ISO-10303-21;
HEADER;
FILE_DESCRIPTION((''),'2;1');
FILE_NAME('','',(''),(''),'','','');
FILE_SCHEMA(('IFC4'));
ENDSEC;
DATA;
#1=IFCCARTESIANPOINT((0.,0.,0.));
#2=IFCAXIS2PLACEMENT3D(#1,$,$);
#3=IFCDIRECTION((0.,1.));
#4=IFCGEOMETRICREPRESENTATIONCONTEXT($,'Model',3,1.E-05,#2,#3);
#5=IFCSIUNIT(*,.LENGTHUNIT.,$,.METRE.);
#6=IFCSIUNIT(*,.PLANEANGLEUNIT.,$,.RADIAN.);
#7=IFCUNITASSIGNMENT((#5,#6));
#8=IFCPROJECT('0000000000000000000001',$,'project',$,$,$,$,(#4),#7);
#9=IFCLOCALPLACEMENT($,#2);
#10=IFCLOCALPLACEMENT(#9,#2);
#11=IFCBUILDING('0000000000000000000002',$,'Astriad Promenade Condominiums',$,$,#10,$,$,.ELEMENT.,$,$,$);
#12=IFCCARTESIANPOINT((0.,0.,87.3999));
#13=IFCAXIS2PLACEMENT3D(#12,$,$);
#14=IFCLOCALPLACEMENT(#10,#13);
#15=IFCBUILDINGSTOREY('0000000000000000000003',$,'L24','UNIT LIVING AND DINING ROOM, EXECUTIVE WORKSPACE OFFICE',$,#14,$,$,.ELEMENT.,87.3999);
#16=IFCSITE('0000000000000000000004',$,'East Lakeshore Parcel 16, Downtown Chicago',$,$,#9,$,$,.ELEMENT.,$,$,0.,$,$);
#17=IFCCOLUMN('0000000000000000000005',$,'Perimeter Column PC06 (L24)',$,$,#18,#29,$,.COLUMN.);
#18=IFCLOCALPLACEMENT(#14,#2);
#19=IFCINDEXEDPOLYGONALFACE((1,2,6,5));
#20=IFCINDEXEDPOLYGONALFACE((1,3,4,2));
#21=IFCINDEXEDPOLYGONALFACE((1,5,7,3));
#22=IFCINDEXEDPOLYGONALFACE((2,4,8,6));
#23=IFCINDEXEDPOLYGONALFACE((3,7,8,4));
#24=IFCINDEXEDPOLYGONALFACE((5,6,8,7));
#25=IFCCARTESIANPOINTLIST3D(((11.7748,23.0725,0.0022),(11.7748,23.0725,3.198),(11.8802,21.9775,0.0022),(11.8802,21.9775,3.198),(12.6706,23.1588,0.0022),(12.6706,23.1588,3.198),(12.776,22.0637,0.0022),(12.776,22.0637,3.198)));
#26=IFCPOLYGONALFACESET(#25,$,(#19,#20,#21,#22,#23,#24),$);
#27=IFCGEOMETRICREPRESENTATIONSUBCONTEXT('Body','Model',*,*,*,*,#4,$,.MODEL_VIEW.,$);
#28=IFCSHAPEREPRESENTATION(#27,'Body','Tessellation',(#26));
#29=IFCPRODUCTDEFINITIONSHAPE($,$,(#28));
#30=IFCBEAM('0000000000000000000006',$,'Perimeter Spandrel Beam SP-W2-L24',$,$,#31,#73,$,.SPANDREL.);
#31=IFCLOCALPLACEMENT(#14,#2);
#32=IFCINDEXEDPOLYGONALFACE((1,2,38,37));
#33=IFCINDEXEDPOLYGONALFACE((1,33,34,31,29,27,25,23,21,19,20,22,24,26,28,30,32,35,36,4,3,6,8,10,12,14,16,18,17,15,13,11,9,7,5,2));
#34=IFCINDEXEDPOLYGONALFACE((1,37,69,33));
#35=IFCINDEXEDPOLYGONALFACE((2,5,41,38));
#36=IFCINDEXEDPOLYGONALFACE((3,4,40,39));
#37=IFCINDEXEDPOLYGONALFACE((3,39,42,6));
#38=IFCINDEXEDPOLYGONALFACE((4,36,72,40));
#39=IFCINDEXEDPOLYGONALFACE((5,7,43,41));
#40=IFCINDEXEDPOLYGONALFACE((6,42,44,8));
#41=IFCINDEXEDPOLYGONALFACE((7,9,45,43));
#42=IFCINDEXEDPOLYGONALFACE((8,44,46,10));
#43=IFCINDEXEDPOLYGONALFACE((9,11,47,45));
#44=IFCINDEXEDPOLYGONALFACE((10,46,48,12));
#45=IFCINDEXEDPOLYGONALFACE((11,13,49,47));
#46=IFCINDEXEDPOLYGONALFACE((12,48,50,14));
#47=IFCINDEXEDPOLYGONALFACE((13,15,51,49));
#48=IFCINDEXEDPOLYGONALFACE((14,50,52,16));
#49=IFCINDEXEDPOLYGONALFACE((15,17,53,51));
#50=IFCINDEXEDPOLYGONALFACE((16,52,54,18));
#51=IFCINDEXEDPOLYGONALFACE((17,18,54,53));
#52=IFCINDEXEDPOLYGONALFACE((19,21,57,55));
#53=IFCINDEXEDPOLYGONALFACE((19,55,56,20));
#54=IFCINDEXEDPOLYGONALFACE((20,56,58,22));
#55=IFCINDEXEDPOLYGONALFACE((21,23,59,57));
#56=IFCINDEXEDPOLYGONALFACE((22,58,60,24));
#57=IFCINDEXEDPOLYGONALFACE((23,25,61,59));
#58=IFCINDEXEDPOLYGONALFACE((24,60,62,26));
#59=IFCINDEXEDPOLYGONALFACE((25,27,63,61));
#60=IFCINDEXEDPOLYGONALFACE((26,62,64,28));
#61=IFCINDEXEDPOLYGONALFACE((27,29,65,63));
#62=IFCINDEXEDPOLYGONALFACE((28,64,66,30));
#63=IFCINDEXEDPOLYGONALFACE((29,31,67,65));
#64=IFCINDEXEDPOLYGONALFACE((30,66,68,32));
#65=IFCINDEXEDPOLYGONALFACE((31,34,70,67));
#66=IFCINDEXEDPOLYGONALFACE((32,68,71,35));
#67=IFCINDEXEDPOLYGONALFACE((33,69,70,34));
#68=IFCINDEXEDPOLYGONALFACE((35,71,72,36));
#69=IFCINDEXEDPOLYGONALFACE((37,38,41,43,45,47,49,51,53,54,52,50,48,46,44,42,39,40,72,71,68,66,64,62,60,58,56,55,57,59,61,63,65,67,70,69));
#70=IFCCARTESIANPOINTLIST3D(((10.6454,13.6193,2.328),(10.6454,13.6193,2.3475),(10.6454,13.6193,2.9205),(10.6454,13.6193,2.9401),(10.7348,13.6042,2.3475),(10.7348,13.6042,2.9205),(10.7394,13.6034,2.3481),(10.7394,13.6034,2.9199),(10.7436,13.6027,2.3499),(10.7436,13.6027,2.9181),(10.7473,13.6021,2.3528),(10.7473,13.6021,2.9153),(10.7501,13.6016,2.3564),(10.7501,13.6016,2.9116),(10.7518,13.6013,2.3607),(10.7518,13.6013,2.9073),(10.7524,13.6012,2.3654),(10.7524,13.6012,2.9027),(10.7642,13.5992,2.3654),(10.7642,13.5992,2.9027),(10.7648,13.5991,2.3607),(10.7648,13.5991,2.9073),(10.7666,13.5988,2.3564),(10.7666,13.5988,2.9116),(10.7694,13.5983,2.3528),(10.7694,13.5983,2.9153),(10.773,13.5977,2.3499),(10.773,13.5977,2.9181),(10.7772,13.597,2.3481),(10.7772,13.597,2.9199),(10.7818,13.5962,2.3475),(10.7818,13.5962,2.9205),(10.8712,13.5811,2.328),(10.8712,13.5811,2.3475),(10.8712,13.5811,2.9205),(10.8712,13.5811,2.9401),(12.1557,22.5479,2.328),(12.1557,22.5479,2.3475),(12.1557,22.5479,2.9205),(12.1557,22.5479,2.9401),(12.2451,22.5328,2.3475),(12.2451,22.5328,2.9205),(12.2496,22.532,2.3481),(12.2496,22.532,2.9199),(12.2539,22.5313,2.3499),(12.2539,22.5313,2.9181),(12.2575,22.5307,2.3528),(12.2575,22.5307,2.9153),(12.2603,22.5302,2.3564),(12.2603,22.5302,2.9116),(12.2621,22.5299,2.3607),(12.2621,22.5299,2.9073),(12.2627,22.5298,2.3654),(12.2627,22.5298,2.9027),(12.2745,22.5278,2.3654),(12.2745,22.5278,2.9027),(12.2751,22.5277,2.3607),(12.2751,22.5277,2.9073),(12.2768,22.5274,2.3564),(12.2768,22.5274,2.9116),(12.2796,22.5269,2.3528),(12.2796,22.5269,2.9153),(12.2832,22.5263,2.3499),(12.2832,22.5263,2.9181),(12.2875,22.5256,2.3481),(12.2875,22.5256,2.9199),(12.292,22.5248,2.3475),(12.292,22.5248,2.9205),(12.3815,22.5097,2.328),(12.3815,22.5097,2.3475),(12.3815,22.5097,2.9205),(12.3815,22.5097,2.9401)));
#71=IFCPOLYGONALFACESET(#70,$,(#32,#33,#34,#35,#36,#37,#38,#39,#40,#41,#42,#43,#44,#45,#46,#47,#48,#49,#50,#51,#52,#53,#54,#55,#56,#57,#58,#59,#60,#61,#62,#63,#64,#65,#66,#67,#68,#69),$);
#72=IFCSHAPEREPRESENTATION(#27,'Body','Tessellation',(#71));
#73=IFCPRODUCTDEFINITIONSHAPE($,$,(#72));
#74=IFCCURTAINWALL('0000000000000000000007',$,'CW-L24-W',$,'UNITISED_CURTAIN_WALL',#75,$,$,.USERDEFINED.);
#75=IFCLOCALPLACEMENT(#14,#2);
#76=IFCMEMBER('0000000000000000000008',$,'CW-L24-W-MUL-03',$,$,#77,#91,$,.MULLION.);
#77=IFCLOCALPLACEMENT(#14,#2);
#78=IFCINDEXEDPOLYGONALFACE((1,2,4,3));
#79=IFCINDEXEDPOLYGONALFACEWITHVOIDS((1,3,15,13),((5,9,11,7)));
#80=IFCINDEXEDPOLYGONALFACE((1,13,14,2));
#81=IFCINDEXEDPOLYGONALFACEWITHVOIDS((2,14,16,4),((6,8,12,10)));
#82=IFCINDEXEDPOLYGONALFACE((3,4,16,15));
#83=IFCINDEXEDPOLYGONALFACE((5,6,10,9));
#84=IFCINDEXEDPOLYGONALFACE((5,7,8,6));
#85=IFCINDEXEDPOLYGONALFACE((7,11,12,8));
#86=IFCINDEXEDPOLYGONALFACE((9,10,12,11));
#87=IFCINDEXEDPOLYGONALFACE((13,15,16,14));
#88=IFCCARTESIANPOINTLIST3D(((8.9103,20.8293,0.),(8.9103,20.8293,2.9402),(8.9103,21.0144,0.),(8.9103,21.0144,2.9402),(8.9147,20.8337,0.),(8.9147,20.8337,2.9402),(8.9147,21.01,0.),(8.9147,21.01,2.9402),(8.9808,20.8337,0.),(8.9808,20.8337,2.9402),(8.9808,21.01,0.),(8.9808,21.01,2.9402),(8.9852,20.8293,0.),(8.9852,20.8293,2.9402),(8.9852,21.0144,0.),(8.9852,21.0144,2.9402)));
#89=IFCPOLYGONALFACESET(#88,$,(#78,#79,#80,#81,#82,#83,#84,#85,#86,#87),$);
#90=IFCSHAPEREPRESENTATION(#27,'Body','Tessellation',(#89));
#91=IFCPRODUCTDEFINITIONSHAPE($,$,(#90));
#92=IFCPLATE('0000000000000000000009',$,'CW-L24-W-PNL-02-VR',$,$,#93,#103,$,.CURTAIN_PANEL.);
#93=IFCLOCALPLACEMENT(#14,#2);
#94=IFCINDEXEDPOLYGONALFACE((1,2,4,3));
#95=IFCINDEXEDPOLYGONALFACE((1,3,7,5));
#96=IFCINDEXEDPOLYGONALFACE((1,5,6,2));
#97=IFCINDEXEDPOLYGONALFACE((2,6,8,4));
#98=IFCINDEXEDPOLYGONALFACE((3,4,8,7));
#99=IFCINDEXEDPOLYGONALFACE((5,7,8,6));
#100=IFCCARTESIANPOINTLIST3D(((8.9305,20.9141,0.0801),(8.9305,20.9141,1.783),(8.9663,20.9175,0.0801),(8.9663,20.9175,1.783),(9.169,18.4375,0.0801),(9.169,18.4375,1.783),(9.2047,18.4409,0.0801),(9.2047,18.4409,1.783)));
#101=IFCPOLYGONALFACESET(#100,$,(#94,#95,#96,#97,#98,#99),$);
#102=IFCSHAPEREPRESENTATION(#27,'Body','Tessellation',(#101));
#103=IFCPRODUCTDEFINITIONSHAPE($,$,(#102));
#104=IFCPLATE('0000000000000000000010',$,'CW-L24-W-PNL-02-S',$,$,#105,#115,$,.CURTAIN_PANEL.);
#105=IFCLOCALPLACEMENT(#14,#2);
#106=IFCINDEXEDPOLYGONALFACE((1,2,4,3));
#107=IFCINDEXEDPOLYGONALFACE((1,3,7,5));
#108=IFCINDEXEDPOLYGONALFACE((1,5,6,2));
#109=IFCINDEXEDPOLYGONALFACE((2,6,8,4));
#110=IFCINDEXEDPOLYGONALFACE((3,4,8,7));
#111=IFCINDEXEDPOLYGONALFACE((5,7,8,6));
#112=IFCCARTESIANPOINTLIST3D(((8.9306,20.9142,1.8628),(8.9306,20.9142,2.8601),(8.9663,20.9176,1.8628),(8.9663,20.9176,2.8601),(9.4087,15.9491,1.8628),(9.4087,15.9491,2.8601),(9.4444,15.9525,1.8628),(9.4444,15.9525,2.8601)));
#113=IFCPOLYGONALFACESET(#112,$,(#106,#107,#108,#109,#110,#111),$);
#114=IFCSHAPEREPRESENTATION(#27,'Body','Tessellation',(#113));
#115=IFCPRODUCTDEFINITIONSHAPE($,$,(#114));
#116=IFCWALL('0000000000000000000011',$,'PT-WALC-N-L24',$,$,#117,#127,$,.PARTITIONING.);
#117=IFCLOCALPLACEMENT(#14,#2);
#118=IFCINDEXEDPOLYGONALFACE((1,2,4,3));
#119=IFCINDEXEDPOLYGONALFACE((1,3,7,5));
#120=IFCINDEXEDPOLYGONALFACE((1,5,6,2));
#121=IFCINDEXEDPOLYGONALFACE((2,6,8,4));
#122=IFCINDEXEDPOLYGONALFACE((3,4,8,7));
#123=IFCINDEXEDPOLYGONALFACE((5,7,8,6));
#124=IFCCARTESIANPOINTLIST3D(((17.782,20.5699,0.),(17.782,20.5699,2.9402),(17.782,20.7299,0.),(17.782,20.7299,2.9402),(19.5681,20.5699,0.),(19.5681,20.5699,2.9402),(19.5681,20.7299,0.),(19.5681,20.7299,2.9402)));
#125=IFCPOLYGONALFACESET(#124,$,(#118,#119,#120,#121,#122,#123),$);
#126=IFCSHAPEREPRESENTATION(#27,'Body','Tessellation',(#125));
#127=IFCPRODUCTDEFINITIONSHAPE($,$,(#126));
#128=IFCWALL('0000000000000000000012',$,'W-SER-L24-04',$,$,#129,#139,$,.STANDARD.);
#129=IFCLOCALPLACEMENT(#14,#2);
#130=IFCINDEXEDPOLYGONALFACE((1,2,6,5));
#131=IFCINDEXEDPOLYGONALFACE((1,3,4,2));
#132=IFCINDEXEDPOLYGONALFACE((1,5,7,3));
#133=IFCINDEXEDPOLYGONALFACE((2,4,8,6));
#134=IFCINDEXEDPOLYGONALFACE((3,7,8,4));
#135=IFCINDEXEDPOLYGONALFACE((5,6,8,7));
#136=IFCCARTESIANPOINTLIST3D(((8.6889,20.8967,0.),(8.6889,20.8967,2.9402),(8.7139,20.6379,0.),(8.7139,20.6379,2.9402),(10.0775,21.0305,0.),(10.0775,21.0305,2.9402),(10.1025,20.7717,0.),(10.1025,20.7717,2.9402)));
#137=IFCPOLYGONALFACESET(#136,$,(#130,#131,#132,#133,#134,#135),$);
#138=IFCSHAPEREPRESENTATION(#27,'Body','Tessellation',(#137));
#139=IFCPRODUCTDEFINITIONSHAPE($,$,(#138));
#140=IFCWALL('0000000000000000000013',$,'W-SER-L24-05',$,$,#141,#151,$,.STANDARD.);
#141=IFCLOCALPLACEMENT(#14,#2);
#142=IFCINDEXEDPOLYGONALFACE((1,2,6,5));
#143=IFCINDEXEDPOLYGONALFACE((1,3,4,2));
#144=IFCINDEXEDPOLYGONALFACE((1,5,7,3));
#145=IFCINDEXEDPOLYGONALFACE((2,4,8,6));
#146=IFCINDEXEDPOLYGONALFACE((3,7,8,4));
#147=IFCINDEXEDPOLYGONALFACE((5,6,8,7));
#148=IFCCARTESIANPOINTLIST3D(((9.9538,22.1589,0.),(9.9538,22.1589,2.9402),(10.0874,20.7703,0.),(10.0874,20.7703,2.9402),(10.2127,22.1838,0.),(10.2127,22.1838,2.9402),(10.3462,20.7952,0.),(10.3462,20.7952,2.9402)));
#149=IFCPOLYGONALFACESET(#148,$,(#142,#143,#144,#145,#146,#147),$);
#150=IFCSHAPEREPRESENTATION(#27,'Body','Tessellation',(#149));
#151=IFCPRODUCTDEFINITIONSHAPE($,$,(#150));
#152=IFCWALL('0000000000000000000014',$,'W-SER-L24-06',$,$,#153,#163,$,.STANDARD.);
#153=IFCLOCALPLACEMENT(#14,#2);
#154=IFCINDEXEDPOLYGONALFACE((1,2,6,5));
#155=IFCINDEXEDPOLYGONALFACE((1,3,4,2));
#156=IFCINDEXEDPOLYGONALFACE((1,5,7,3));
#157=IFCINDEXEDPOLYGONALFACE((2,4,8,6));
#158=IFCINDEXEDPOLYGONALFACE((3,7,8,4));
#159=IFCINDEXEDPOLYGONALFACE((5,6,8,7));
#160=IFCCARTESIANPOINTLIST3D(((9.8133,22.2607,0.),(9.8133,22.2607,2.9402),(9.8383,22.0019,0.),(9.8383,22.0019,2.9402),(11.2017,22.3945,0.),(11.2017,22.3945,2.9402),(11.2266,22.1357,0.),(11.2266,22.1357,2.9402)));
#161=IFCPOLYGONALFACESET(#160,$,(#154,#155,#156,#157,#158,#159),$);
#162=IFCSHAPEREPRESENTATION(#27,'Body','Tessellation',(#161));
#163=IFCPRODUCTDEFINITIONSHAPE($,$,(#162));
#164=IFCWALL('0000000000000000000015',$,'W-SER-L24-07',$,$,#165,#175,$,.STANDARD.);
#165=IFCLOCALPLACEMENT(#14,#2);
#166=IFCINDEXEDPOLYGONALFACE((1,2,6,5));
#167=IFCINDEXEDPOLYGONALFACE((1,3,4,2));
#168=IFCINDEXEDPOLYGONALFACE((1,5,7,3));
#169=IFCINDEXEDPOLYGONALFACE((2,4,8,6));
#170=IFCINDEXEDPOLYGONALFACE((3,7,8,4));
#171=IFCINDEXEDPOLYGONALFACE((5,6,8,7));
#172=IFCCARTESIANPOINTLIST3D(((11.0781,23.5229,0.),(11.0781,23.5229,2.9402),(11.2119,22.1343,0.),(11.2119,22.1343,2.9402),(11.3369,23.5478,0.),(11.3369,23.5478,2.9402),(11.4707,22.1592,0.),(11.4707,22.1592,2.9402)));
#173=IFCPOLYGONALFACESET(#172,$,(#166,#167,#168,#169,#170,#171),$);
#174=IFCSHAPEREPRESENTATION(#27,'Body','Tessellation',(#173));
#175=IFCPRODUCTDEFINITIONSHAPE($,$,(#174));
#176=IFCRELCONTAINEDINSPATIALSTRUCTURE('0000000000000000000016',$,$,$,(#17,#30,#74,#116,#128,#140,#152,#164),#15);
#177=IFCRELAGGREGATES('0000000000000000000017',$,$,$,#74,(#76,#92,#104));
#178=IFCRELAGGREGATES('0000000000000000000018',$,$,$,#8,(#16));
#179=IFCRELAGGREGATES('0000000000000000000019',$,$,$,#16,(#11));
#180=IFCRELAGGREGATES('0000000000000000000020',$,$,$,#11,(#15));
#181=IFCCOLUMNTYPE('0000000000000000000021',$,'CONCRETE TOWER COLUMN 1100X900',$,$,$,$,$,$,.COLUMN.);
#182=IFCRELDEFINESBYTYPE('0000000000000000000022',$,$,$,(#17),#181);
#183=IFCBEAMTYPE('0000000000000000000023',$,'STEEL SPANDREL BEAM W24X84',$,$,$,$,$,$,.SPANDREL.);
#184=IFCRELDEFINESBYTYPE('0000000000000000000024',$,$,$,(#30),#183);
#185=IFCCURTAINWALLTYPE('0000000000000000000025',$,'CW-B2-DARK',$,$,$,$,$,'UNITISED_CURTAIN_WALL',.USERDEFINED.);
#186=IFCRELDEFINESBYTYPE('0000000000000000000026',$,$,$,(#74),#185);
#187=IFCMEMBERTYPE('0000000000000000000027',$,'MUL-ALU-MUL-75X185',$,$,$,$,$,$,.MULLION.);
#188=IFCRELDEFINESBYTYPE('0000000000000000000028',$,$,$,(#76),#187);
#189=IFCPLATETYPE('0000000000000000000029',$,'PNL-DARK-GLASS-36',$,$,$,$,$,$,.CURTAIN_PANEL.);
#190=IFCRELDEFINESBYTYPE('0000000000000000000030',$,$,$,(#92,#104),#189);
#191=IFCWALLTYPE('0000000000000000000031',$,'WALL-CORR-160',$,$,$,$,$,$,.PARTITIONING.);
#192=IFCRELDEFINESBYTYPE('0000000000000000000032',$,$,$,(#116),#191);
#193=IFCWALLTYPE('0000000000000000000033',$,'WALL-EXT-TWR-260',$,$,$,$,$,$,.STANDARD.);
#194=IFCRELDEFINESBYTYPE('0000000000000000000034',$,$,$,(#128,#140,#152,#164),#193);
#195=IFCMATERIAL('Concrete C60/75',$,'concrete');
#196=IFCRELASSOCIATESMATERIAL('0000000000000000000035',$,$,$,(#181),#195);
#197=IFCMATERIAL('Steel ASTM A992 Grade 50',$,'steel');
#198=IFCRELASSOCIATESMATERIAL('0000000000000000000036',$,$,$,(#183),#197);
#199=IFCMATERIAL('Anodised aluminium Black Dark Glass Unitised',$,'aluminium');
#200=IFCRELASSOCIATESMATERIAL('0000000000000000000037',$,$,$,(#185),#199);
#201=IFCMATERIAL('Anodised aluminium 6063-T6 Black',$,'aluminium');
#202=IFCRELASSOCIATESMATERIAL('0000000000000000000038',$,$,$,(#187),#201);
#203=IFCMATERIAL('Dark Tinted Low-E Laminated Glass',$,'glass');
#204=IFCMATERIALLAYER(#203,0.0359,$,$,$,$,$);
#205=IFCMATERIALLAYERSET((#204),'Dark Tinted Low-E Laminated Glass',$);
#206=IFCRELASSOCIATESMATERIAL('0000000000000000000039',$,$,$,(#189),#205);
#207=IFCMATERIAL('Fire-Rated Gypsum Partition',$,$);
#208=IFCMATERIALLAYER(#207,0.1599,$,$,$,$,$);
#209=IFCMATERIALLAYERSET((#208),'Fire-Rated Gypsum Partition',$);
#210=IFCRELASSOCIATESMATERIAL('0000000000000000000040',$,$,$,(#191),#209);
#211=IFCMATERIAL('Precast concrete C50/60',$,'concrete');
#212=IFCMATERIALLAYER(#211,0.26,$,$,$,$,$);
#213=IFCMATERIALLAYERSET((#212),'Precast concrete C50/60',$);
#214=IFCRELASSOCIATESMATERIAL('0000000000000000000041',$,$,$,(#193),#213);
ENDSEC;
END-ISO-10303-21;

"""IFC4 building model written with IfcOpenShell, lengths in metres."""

from ifc_helpers import new_model, si_unit, direction, frame, frame_2d, origin, origin_2d, place, context, subcontext, project, spatial, rectangle, hollow_rectangle, i_section, extrude, source, transform, mapped, material, layer, layer_set, material_profile, profile_set, type_object, type_shapes, element, aggregate, save


model = new_model("IFC4")

# Units and contexts
model_context = context("Model", 3, precision=1e-05, world=origin(), true_north=direction((0.0, 1.0)))
body_context = subcontext(model_context, "Body", "Model", "MODEL_VIEW")
ifc_project = project(units=[si_unit("LENGTHUNIT", "METRE"), si_unit("PLANEANGLEUNIT", "RADIAN")], contexts=[model_context])

# Site, building, storey
site_placement = place(None, origin())
site = spatial("IfcSite", under=ifc_project, at=site_placement, Name="East Lakeshore Parcel 16, Downtown Chicago", CompositionType="ELEMENT", RefElevation=0.0)
building_placement = place(site_placement, origin())
building = spatial("IfcBuilding", under=site, at=building_placement, Name="Astriad Promenade Condominiums", CompositionType="ELEMENT")
storey_placement = place(building_placement, frame((0.0, 0.0, 87.3999)))
storey = spatial("IfcBuildingStorey", under=building, at=storey_placement, Name="L24", Description="UNIT LIVING AND DINING ROOM, EXECUTIVE WORKSPACE OFFICE", CompositionType="ELEMENT", Elevation=87.3999)

# Column
ifc_material_1 = material(Name="Concrete C60/75", Category="concrete")
ifc_material_profile_1 = material_profile(ifc_material_1, rectangle(XDim=0.8999, YDim=1.1001, at=origin_2d()), Name="RC-COL-1100X900")
ifc_profile_set_1 = profile_set([ifc_material_profile_1], Name="Concrete C60/75")
column_type = type_object("IfcColumnType", Name="CONCRETE TOWER COLUMN 1100X900", PredefinedType="COLUMN", material=ifc_profile_set_1)
shared_shape_1 = source(origin(), body_context, "Body", "SweptSolid", [
    extrude(rectangle(XDim=0.8999, YDim=1.1001, at=origin_2d()), origin(), (0.0, 0.0, 1.0), 3.1958),
])
type_shapes(column_type, [shared_shape_1])
column_placement = place(storey_placement, frame((12.2754, 22.5681, 0.0022), z_axis=(0.0, 0.0, 1.0), x_axis=(0.995396, 0.095846, 0.0)))
element("IfcColumn", 1, at=column_placement, inside=storey, type_object=column_type, Name="Perimeter Column PC06 (L24)", PredefinedType="COLUMN", context=body_context, shape_type="MappedRepresentation", body=[
    mapped(shared_shape_1, transform((0.0, 0.0, 0.0), scale=1.0)),
])

# Beam
ifc_material_2 = material(Name="Steel ASTM A992 Grade 50", Category="steel")
ifc_material_profile_2 = material_profile(ifc_material_2, i_section(OverallWidth=0.229, OverallDepth=0.6121, WebThickness=0.012, FlangeThickness=0.0195, FilletRadius=0.0178, at=origin_2d()), Name="W24X84")
ifc_profile_set_2 = profile_set([ifc_material_profile_2], Name="Steel ASTM A992 Grade 50")
beam_type = type_object("IfcBeamType", Name="STEEL SPANDREL BEAM W24X84", PredefinedType="SPANDREL", material=ifc_profile_set_2)
shared_shape_2 = source(origin(), body_context, "Body", "SweptSolid", [
    extrude(i_section(OverallWidth=0.229, OverallDepth=0.6121, WebThickness=0.012, FlangeThickness=0.0195, FilletRadius=0.0178, at=origin_2d()), origin(), (0.0, 0.0, 1.0), 9.0554),
])
type_shapes(beam_type, [shared_shape_2])
beam_placement = place(storey_placement, frame((12.2686, 22.5288, 2.634), z_axis=(-0.166777, -0.985995, 0.0), x_axis=(0.985995, -0.166777, 0.0)))
element("IfcBeam", 2, at=beam_placement, inside=storey, type_object=beam_type, Name="Perimeter Spandrel Beam SP-W2-L24", PredefinedType="SPANDREL", context=body_context, shape_type="MappedRepresentation", body=[
    mapped(shared_shape_2, transform((0.0, 0.0, 0.0), scale=1.0)),
])

# Curtain wall, member, plates
ifc_material_3 = material(Name="Anodised aluminium Black Dark Glass Unitised", Category="aluminium")
curtain_wall_type = type_object("IfcCurtainWallType", Name="CW-B2-DARK", ElementType="UNITISED_CURTAIN_WALL", PredefinedType="USERDEFINED", material=ifc_material_3)
curtain_wall_placement = place(storey_placement, origin())
curtain_wall = element("IfcCurtainWall", 3, at=curtain_wall_placement, inside=storey, type_object=curtain_wall_type, Name="CW-L24-W", ObjectType="UNITISED_CURTAIN_WALL", PredefinedType="USERDEFINED")
ifc_material_4 = material(Name="Anodised aluminium 6063-T6 Black", Category="aluminium")
ifc_material_profile_3 = material_profile(ifc_material_4, hollow_rectangle(XDim=0.075, YDim=0.1851, WallThickness=0.0044, at=origin_2d()), Name="ALU-MUL-75X185")
ifc_profile_set_3 = profile_set([ifc_material_profile_3], Name="Anodised aluminium 6063-T6 Black")
member_type = type_object("IfcMemberType", Name="MUL-ALU-MUL-75X185", PredefinedType="MULLION", material=ifc_profile_set_3)
shared_shape_3 = source(origin(), body_context, "Body", "SweptSolid", [
    extrude(hollow_rectangle(XDim=0.075, YDim=0.1851, WallThickness=0.0044, at=origin_2d()), origin(), (0.0, 0.0, 1.0), 2.9402),
])
type_shapes(member_type, [shared_shape_3])
member_placement = place(storey_placement, frame((8.9478, 20.9219, 0.0), z_axis=(0.0, 0.0, 1.0), x_axis=(1.0, 0.0, 0.0)))
member = element("IfcMember", 4, at=member_placement, type_object=member_type, Name="CW-L24-W-MUL-03", PredefinedType="MULLION", context=body_context, shape_type="MappedRepresentation", body=[
    mapped(shared_shape_3, transform((0.0, 0.0, 0.0), scale=1.0)),
])
ifc_material_5 = material(Name="Dark Tinted Low-E Laminated Glass", Category="glass")
ifc_layer_1 = layer(ifc_material_5, 0.0359)
ifc_layer_set_1 = layer_set([ifc_layer_1], Name="Dark Tinted Low-E Laminated Glass")
plate_type = type_object("IfcPlateType", Name="PNL-DARK-GLASS-36", PredefinedType="CURTAIN_PANEL", material=ifc_layer_set_1)
shared_shape_4 = source(origin(), body_context, "Body", "SweptSolid", [
    extrude(rectangle(XDim=2.488, YDim=0.0359, at=origin_2d()), origin(), (0.0, 0.0, 1.0), 1.7029),
])
plate_1_placement = place(storey_placement, frame((9.0676, 19.6775, 0.0801), z_axis=(0.0, 0.0, 1.0), x_axis=(-0.095846, 0.995396, 0.0)))
plate_1 = element("IfcPlate", 5, at=plate_1_placement, type_object=plate_type, Name="CW-L24-W-PNL-02-VR", PredefinedType="CURTAIN_PANEL", context=body_context, shape_type="MappedRepresentation", body=[
    mapped(shared_shape_4, transform((0.0, 0.0, 0.0), scale=1.0)),
])
shared_shape_5 = source(origin(), body_context, "Body", "SweptSolid", [
    extrude(rectangle(XDim=4.988, YDim=0.0359, at=origin_2d()), origin(), (0.0, 0.0, 1.0), 0.9973),
])
type_shapes(plate_type, [shared_shape_4, shared_shape_5])
plate_2_placement = place(storey_placement, frame((9.1875, 18.4333, 1.8628), z_axis=(0.0, 0.0, 1.0), x_axis=(-0.095846, 0.995396, 0.0)))
plate_2 = element("IfcPlate", 6, at=plate_2_placement, type_object=plate_type, Name="CW-L24-W-PNL-02-S", PredefinedType="CURTAIN_PANEL", context=body_context, shape_type="MappedRepresentation", body=[
    mapped(shared_shape_5, transform((0.0, 0.0, 0.0), scale=1.0)),
])
aggregate(curtain_wall, [member, plate_1, plate_2])

# Walls
ifc_material_6 = material(Name="Fire-Rated Gypsum Partition")
ifc_layer_2 = layer(ifc_material_6, 0.1599)
ifc_layer_set_2 = layer_set([ifc_layer_2], Name="Fire-Rated Gypsum Partition")
wall_type_1 = type_object("IfcWallType", Name="WALL-CORR-160", PredefinedType="PARTITIONING", material=ifc_layer_set_2)
wall_1_placement = place(storey_placement, frame((17.782, 20.6499, 0.0), z_axis=(0.0, 0.0, 1.0), x_axis=(1.0, 0.0, 0.0)))
element("IfcWall", 7, at=wall_1_placement, inside=storey, type_object=wall_type_1, Name="PT-WALC-N-L24", PredefinedType="PARTITIONING", context=body_context, shape_type="SweptSolid", body=[
    extrude(rectangle(XDim=1.7861, YDim=0.1599, at=frame_2d((0.8931, 0.0))), origin(), (0.0, 0.0, 1.0), 2.9402),
])
ifc_material_7 = material(Name="Precast concrete C50/60", Category="concrete")
ifc_layer_3 = layer(ifc_material_7, 0.26)
ifc_layer_set_3 = layer_set([ifc_layer_3], Name="Precast concrete C50/60")
wall_type_2 = type_object("IfcWallType", Name="WALL-EXT-TWR-260", PredefinedType="STANDARD", material=ifc_layer_set_3)
for number, where, z_axis, x_axis, name in (
    (8, (8.7014, 20.7673, 0.0), (0.0, 0.0, 1.0), (0.995391, 0.095899, 0.0), "W-SER-L24-04"),
    (9, (10.2168, 20.7827, 0.0), (0.0, 0.0, 1.0), (-0.095726, 0.995408, 0.0), "W-SER-L24-05"),
):
    element("IfcWall", number, at=place(storey_placement, frame(where, z_axis=z_axis, x_axis=x_axis)), inside=storey, type_object=wall_type_2, Name=name, PredefinedType="STANDARD", context=body_context, shape_type="SweptSolid", body=[
        extrude(rectangle(XDim=1.395, YDim=0.26, at=frame_2d((0.6975, 0.0))), origin(), (0.0, 0.0, 1.0), 2.9402),
    ])
wall_2_placement = place(storey_placement, frame((9.8259, 22.1313, 0.0), z_axis=(0.0, 0.0, 1.0), x_axis=(0.995389, 0.095916, 0.0)))
element("IfcWall", 10, at=wall_2_placement, inside=storey, type_object=wall_type_2, Name="W-SER-L24-06", PredefinedType="STANDARD", context=body_context, shape_type="SweptSolid", body=[
    extrude(rectangle(XDim=1.3948, YDim=0.26, at=frame_2d((0.6973, 0.0))), origin(), (0.0, 0.0, 1.0), 2.9402),
])
wall_3_placement = place(storey_placement, frame((11.3413, 22.1467, 0.0), z_axis=(0.0, 0.0, 1.0), x_axis=(-0.095899, 0.995391, 0.0)))
element("IfcWall", 11, at=wall_3_placement, inside=storey, type_object=wall_type_2, Name="W-SER-L24-07", PredefinedType="STANDARD", context=body_context, shape_type="SweptSolid", body=[
    extrude(rectangle(XDim=1.395, YDim=0.26, at=frame_2d((0.6975, 0.0))), origin(), (0.0, 0.0, 1.0), 2.9402),
])

save(model, "model.ifc")
